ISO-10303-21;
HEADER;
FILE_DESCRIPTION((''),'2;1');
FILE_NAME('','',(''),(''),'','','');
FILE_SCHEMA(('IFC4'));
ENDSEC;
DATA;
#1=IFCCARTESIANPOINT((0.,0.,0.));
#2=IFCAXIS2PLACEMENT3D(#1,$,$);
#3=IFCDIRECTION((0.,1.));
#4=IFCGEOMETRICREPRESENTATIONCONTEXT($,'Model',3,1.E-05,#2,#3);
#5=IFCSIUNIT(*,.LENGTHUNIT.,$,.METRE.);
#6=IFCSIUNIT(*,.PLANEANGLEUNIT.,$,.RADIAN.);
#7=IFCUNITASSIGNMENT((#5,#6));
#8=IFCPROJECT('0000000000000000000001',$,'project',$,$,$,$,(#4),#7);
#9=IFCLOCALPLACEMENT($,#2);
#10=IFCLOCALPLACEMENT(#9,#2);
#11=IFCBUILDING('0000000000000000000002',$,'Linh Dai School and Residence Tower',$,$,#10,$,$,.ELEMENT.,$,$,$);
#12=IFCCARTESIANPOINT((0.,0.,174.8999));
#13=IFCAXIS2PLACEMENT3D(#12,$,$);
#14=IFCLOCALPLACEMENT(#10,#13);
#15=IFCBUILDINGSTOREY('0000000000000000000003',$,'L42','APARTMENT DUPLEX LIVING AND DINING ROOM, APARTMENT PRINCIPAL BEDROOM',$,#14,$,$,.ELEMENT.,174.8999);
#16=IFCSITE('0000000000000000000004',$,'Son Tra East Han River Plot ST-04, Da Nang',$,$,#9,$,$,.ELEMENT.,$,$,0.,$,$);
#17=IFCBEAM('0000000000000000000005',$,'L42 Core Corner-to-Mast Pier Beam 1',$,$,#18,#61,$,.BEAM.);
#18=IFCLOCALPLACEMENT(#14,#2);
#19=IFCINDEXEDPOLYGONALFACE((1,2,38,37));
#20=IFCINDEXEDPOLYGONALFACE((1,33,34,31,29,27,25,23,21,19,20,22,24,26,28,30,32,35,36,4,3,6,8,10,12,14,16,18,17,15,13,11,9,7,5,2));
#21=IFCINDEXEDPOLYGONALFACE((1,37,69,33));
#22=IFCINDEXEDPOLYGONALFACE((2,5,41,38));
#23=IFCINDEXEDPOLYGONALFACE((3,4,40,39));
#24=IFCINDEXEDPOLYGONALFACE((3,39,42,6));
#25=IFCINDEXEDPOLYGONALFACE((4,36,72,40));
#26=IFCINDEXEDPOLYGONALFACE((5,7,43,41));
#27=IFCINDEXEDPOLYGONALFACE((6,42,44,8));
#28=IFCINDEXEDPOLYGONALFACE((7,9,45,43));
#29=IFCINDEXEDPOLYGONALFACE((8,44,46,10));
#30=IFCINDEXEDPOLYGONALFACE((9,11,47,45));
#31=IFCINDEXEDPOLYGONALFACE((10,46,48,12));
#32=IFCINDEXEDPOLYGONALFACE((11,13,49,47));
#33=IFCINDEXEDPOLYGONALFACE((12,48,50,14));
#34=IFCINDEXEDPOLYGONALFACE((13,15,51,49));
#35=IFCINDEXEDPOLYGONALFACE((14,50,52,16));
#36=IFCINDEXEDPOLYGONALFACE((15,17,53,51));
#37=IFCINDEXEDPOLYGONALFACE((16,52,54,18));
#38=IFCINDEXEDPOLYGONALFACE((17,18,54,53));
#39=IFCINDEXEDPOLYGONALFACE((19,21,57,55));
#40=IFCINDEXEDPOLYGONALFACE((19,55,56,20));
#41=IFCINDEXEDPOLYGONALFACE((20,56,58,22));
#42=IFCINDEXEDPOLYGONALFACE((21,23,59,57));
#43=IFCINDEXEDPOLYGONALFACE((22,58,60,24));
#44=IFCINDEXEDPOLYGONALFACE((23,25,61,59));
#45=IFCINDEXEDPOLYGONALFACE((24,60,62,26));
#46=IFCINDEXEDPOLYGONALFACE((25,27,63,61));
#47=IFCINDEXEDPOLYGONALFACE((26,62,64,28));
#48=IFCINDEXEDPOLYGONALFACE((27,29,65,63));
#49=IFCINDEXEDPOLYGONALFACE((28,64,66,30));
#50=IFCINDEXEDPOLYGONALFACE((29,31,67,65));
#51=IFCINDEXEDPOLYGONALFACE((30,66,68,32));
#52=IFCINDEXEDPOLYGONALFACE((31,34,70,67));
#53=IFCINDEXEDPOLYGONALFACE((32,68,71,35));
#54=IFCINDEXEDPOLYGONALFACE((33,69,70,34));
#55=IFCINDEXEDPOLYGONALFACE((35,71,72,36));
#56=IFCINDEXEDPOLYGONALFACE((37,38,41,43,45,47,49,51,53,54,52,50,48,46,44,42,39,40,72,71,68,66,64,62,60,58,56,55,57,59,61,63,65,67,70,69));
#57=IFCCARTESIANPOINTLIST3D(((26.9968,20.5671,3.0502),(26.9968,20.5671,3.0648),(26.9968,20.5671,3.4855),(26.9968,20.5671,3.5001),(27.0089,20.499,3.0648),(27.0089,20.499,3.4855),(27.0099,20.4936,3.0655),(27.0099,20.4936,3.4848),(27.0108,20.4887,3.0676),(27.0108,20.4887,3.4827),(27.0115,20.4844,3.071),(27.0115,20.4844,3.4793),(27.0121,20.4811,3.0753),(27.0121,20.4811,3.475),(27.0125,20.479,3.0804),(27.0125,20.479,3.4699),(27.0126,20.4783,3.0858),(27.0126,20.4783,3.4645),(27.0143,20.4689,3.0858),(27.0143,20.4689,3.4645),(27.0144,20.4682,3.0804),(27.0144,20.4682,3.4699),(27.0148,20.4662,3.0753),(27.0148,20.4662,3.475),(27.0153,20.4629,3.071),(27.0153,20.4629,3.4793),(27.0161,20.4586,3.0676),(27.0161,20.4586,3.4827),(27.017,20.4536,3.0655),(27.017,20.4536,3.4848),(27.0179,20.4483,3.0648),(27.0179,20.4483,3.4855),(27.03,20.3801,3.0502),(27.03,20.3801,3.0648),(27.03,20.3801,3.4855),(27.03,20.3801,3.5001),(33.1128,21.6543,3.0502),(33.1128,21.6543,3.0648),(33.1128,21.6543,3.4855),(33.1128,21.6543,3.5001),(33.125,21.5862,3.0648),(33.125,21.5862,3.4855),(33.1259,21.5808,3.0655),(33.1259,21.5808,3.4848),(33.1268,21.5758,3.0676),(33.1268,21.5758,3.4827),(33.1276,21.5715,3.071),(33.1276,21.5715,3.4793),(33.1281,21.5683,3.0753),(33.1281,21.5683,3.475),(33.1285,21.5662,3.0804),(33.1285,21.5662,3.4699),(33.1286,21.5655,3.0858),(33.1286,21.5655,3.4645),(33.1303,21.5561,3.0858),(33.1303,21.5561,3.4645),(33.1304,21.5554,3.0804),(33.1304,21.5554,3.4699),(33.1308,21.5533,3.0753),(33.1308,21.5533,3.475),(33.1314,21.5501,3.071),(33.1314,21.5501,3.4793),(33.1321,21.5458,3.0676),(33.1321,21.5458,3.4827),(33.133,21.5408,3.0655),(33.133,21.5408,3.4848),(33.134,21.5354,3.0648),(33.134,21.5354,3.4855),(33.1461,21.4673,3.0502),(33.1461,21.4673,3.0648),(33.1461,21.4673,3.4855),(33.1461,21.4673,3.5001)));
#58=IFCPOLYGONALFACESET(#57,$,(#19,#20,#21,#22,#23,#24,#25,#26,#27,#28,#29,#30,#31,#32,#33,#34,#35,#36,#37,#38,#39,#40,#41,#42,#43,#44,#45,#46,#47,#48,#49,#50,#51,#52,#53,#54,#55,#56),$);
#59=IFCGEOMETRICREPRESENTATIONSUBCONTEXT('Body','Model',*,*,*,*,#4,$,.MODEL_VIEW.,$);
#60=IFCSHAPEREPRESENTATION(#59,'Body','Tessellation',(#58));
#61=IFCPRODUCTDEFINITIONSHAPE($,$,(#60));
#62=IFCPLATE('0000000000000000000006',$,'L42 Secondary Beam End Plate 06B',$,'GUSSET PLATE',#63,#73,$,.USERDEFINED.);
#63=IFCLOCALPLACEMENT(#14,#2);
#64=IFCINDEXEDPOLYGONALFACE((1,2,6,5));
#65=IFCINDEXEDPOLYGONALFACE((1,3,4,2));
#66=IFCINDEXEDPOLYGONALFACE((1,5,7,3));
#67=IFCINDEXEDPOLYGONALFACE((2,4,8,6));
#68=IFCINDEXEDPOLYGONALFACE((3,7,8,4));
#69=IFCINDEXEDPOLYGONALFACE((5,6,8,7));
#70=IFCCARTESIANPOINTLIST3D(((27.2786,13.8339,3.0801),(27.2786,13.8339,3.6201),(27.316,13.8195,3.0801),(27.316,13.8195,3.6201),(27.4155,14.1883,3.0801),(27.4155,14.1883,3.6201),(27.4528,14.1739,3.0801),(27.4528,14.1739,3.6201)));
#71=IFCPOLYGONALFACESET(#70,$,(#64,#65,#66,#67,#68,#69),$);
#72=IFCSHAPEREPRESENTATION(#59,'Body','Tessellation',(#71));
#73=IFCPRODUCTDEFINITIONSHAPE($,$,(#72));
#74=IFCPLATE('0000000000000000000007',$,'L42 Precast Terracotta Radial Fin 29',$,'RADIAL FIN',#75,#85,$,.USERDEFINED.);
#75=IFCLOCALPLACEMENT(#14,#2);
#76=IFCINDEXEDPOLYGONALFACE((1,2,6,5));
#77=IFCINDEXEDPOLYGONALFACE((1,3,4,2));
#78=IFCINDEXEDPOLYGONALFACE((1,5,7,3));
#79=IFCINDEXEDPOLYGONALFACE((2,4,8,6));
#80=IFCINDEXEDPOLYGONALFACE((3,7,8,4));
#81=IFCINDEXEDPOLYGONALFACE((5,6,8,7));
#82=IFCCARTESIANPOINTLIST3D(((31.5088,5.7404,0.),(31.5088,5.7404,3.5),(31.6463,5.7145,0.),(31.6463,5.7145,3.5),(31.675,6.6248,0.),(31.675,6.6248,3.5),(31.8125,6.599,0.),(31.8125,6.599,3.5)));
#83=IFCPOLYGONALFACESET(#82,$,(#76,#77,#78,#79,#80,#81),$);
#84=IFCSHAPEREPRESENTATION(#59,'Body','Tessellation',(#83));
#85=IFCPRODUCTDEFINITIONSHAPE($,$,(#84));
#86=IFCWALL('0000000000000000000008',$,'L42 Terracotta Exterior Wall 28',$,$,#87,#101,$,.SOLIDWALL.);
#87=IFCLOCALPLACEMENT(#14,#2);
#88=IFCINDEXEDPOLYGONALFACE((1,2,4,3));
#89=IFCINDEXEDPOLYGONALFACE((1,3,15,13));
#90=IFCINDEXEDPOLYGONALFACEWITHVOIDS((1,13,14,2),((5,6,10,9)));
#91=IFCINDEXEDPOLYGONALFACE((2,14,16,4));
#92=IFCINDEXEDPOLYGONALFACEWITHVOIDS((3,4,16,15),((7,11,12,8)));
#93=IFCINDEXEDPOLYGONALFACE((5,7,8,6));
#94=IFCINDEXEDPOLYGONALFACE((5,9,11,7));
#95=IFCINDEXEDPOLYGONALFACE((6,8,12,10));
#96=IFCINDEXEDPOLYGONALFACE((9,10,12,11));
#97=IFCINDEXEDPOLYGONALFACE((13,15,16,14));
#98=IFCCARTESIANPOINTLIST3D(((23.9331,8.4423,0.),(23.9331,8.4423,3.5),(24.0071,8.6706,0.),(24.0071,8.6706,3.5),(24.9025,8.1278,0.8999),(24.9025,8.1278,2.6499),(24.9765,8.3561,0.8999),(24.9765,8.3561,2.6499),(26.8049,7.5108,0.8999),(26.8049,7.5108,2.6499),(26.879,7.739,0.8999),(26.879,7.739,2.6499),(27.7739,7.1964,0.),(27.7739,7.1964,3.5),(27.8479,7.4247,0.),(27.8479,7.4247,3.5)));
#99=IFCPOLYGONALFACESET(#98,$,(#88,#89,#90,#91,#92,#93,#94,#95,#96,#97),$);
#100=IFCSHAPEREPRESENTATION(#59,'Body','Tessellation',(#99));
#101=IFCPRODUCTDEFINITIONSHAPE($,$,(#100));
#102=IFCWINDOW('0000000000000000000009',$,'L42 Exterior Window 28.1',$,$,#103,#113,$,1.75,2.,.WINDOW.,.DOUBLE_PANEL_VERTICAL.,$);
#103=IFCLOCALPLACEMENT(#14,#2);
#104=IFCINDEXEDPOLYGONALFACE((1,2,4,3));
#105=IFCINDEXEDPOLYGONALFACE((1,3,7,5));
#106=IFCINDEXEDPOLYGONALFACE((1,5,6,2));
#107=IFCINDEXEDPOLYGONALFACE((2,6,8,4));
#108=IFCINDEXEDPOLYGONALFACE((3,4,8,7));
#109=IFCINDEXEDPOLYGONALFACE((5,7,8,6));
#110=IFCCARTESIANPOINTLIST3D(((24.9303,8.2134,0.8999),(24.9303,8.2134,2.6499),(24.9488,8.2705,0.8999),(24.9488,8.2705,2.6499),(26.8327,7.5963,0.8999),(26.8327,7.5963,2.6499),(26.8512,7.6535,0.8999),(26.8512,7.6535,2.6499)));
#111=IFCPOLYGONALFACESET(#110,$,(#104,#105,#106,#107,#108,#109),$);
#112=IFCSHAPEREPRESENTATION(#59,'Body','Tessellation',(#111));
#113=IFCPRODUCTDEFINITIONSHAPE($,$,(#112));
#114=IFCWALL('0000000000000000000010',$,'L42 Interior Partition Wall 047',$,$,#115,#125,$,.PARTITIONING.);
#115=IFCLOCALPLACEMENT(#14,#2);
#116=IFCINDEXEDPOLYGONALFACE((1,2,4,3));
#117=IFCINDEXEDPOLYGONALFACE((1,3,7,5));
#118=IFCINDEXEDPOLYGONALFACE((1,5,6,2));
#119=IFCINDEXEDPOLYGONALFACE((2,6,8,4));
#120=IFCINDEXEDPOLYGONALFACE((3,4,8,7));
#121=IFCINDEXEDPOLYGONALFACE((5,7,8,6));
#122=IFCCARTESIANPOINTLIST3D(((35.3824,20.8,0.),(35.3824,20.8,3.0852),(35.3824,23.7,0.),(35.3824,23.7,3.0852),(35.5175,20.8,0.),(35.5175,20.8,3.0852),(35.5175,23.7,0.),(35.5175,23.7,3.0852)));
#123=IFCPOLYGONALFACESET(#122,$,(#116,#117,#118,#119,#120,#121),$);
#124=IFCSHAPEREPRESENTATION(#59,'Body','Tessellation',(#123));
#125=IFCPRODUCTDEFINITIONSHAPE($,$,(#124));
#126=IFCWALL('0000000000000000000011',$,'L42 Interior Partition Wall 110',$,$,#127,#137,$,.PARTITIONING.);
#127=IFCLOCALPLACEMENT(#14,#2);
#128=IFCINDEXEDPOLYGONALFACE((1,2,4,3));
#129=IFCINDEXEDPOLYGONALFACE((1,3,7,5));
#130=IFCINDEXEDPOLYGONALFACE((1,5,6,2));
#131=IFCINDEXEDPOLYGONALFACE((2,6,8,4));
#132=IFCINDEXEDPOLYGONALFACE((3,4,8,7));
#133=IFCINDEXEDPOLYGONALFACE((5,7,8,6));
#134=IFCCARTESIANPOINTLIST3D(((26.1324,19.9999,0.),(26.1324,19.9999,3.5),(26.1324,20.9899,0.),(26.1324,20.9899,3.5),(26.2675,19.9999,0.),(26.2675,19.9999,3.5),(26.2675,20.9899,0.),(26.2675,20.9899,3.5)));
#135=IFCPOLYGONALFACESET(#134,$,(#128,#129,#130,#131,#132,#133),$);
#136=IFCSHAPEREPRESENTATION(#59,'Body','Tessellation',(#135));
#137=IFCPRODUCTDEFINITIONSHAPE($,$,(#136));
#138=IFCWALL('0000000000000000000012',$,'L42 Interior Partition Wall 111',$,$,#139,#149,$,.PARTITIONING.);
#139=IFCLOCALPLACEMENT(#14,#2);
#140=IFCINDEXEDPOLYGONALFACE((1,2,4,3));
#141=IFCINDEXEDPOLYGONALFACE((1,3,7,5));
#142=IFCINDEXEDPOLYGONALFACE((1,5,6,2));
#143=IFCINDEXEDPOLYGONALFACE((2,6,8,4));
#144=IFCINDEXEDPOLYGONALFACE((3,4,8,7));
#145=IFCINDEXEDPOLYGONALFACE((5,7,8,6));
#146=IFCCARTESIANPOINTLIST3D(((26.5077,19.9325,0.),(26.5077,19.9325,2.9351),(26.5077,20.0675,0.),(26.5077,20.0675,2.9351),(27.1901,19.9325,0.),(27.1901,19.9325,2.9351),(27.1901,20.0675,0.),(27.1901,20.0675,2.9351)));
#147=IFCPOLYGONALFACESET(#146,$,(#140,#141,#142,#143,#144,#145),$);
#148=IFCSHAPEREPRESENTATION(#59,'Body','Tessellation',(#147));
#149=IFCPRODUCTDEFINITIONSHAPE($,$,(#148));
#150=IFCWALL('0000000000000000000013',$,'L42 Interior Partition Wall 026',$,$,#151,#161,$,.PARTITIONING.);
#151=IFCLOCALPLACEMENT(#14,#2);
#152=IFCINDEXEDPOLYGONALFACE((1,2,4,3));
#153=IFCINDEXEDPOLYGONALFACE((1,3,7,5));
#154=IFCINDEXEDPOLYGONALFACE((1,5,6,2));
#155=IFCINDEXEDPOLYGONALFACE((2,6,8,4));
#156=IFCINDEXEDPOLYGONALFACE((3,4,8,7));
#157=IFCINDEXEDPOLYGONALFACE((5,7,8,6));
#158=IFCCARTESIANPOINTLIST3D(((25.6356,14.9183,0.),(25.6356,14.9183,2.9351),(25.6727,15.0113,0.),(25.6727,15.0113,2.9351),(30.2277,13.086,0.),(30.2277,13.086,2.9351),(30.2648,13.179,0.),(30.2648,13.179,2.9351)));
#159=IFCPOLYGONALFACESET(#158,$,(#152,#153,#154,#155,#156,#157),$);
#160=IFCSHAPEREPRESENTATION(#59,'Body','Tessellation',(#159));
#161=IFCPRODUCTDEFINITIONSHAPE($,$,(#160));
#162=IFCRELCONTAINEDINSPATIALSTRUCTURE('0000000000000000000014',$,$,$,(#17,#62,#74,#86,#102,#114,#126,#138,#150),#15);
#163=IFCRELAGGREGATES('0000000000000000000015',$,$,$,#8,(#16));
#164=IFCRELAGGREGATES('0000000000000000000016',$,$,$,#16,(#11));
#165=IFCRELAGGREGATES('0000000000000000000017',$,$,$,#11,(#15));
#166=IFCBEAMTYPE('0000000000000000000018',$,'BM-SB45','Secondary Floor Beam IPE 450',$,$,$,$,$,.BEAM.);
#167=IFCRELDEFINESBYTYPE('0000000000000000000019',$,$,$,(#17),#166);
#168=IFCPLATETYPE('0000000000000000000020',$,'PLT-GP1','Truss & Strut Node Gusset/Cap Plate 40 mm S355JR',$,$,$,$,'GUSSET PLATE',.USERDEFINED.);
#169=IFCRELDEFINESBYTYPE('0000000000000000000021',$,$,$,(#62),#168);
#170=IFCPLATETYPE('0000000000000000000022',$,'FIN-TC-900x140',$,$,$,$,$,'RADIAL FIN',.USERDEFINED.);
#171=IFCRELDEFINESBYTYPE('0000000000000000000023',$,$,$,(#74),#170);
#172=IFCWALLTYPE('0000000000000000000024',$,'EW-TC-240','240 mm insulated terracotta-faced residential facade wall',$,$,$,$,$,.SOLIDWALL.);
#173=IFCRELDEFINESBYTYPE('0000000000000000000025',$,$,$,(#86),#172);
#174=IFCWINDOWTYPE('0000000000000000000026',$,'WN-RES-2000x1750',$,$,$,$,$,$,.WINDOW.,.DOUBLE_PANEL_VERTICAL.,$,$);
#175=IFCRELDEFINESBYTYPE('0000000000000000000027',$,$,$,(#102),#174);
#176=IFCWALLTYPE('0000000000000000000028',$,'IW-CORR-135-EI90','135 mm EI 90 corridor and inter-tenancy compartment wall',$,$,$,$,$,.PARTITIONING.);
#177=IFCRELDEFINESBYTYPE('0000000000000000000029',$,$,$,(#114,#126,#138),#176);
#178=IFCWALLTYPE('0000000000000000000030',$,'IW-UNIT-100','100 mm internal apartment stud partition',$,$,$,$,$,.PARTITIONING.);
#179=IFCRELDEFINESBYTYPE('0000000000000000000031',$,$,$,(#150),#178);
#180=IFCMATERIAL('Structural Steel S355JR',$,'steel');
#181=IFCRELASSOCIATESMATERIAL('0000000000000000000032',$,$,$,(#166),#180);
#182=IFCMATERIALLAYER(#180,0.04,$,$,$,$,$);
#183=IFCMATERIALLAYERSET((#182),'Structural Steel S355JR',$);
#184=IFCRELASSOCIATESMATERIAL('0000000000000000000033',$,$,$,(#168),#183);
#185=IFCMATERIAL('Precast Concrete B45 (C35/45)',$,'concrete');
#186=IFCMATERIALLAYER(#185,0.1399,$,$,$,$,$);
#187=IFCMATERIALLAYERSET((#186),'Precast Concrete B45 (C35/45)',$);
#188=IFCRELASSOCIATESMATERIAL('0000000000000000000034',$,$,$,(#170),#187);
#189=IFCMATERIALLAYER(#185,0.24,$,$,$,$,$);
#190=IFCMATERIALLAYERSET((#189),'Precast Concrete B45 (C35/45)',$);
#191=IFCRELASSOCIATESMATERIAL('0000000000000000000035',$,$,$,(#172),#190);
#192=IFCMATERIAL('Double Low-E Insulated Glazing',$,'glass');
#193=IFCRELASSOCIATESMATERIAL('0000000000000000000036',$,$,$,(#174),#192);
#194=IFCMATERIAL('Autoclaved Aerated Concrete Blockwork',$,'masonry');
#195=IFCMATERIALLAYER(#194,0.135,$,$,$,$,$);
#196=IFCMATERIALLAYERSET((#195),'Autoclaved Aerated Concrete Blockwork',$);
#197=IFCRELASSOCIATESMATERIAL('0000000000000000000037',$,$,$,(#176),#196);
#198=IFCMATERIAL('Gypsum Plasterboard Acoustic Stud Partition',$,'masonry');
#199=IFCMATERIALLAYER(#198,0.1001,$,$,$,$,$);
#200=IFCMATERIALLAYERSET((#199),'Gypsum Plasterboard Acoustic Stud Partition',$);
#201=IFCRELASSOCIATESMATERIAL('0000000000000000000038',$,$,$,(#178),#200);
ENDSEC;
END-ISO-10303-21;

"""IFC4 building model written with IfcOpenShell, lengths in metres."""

from ifc_helpers import new_model, si_unit, direction, frame, frame_2d, origin, origin_2d, place, context, subcontext, project, spatial, rectangle, i_section, extrude, source, transform, mapped, material, layer, layer_set, material_profile, profile_set, type_object, element, fill, save


model = new_model("IFC4")

# Units and contexts
model_context = context("Model", 3, precision=1e-05, world=origin(), true_north=direction((0.0, 1.0)))
body_context = subcontext(model_context, "Body", "Model", "MODEL_VIEW")
ifc_project = project(units=[si_unit("LENGTHUNIT", "METRE"), si_unit("PLANEANGLEUNIT", "RADIAN")], contexts=[model_context])

# Site, building, storey
site_placement = place(None, origin())
site = spatial("IfcSite", under=ifc_project, at=site_placement, Name="Son Tra East Han River Plot ST-04, Da Nang", CompositionType="ELEMENT", RefElevation=0.0)
building_placement = place(site_placement, origin())
building = spatial("IfcBuilding", under=site, at=building_placement, Name="Linh Dai School and Residence Tower", CompositionType="ELEMENT")
storey_placement = place(building_placement, frame((0.0, 0.0, 174.8999)))
storey = spatial("IfcBuildingStorey", under=building, at=storey_placement, Name="L42", Description="APARTMENT DUPLEX LIVING AND DINING ROOM, APARTMENT PRINCIPAL BEDROOM", CompositionType="ELEMENT", Elevation=174.8999)

# Beam
ifc_material_1 = material(Name="Structural Steel S355JR", Category="steel")
ifc_material_profile_1 = material_profile(ifc_material_1, i_section(OverallWidth=0.1899, OverallDepth=0.45, WebThickness=0.0095, FlangeThickness=0.0146, FilletRadius=0.021, at=origin_2d()), Name="IPE 450")
ifc_profile_set_1 = profile_set([ifc_material_profile_1], Name="Structural Steel S355JR")
beam_type_1 = type_object("IfcBeamType", Name="BM-SB45", Description="Secondary Floor Beam IPE 450", PredefinedType="BEAM", material=ifc_profile_set_1)
beam_1_placement = place(storey_placement, frame((27.0134, 20.4736, 3.2751), z_axis=(0.984566, 0.175014, 0.0), x_axis=(-0.175014, 0.984566, 0.0)))
element("IfcBeam", 1, at=beam_1_placement, inside=storey, type_object=beam_type_1, Name="L42 Core Corner-to-Mast Pier Beam 1", PredefinedType="BEAM", context=body_context, shape_type="SweptSolid", body=[
    extrude(i_section(OverallWidth=0.1899, OverallDepth=0.45, WebThickness=0.0095, FlangeThickness=0.0146, FilletRadius=0.021, at=origin_2d()), origin(), (0.0, 0.0, 1.0), 6.2119),
])

# Plates
ifc_layer_1 = layer(ifc_material_1, 0.04)
ifc_layer_set_1 = layer_set([ifc_layer_1], Name="Structural Steel S355JR")
plate_type_1 = type_object("IfcPlateType", Name="PLT-GP1", Description="Truss & Strut Node Gusset/Cap Plate 40 mm S355JR", ElementType="GUSSET PLATE", PredefinedType="USERDEFINED", material=ifc_layer_set_1)
shared_shape_1 = source(origin(), body_context, "Body", "SweptSolid", [
    extrude(rectangle(XDim=0.04, YDim=0.3799, at=origin_2d()), origin(), (0.0, 0.0, 1.0), 0.54),
])
plate_1_placement = place(storey_placement, frame((27.3657, 14.0039, 3.0801), z_axis=(0.0, 0.0, 1.0), x_axis=(0.932823, -0.360335, 0.0)))
element("IfcPlate", 2, at=plate_1_placement, inside=storey, type_object=plate_type_1, Name="L42 Secondary Beam End Plate 06B", ObjectType="GUSSET PLATE", PredefinedType="USERDEFINED", context=body_context, shape_type="MappedRepresentation", body=[
    mapped(shared_shape_1, transform((0.0, 0.0, 0.0), x_axis=(1.0, 0.0, 0.0), y_axis=(0.0, 1.0, 0.0), z_axis=(0.0, 0.0, 1.0), scale=1.0)),
])
ifc_material_2 = material(Name="Precast Concrete B45 (C35/45)", Category="concrete")
ifc_layer_2 = layer(ifc_material_2, 0.1399)
ifc_layer_set_2 = layer_set([ifc_layer_2], Name="Precast Concrete B45 (C35/45)")
plate_type_2 = type_object("IfcPlateType", Name="FIN-TC-900x140", ElementType="RADIAL FIN", PredefinedType="USERDEFINED", material=ifc_layer_set_2)
shared_shape_2 = source(origin(), body_context, "Body", "SweptSolid", [
    extrude(rectangle(XDim=0.8999, YDim=0.1399, at=origin_2d()), origin(), (0.0, 0.0, 1.0), 3.5),
])
plate_2_placement = place(storey_placement, frame((31.6606, 6.1697, 0.0), z_axis=(0.0, 0.0, 1.0), x_axis=(-0.184763, -0.982783, 0.0)))
element("IfcPlate", 3, at=plate_2_placement, inside=storey, type_object=plate_type_2, Name="L42 Precast Terracotta Radial Fin 29", ObjectType="RADIAL FIN", PredefinedType="USERDEFINED", context=body_context, shape_type="MappedRepresentation", body=[
    mapped(shared_shape_2, transform((0.0, 0.0, 0.0), x_axis=(1.0, 0.0, 0.0), y_axis=(0.0, 1.0, 0.0), z_axis=(0.0, 0.0, 1.0), scale=1.0)),
])

# Wall, opening, window
ifc_layer_3 = layer(ifc_material_2, 0.24)
ifc_layer_set_3 = layer_set([ifc_layer_3], Name="Precast Concrete B45 (C35/45)")
wall_type_1 = type_object("IfcWallType", Name="EW-TC-240", Description="240 mm insulated terracotta-faced residential facade wall", PredefinedType="SOLIDWALL", material=ifc_layer_set_3)
wall_1_placement = place(storey_placement, frame((27.811, 7.3105, 0.0), z_axis=(0.0, 0.0, 1.0), x_axis=(-0.95121, 0.308545, 0.0)))
wall_1 = element("IfcWall", 4, at=wall_1_placement, inside=storey, type_object=wall_type_1, Name="L42 Terracotta Exterior Wall 28", PredefinedType="SOLIDWALL", context=body_context, shape_type="SweptSolid", body=[
    extrude(rectangle(XDim=4.0378, YDim=0.24, at=frame_2d((2.019, 0.0))), origin(), (0.0, 0.0, 1.0), 3.5),
])
opening_1_placement = place(wall_1_placement, frame((1.0188, 0.0, 0.8999)))
opening_1 = element("IfcOpeningElement", 5, at=opening_1_placement, cuts=wall_1, PredefinedType="OPENING", context=body_context, shape_type="SweptSolid", body=[
    extrude(rectangle(XDim=2.0, YDim=1.75, at=origin_2d()), frame((1.0, 0.1299, 0.875), z_axis=(0.0, -1.0, 0.0), x_axis=(1.0, 0.0, 0.0)), (0.0, 0.0, 1.0), 0.26),
])
ifc_material_3 = material(Name="Double Low-E Insulated Glazing", Category="glass")
window_type = type_object("IfcWindowType", Name="WN-RES-2000x1750", PartitioningType="DOUBLE_PANEL_VERTICAL", PredefinedType="WINDOW", material=ifc_material_3)
shared_shape_3 = source(origin(), body_context, "Body", "SweptSolid", [
    extrude(rectangle(XDim=2.0, YDim=1.75, at=origin_2d()), frame((1.0, 0.03, 0.875), z_axis=(0.0, -1.0, 0.0), x_axis=(1.0, 0.0, 0.0)), (0.0, 0.0, 1.0), 0.0601),
])
window_placement = place(opening_1_placement, origin())
window = element("IfcWindow", 6, at=window_placement, inside=storey, type_object=window_type, Name="L42 Exterior Window 28.1", OverallHeight=1.75, OverallWidth=2.0, PartitioningType="DOUBLE_PANEL_VERTICAL", PredefinedType="WINDOW", context=body_context, shape_type="MappedRepresentation", body=[
    mapped(shared_shape_3, transform((0.0, 0.0, 0.0), x_axis=(1.0, 0.0, 0.0), y_axis=(0.0, 1.0, 0.0), z_axis=(0.0, 0.0, 1.0), scale=1.0)),
])
fill(opening_1, window)

# Walls
ifc_material_4 = material(Name="Autoclaved Aerated Concrete Blockwork", Category="masonry")
ifc_layer_4 = layer(ifc_material_4, 0.135)
ifc_layer_set_4 = layer_set([ifc_layer_4], Name="Autoclaved Aerated Concrete Blockwork")
wall_type_2 = type_object("IfcWallType", Name="IW-CORR-135-EI90", Description="135 mm EI 90 corridor and inter-tenancy compartment wall", PredefinedType="PARTITIONING", material=ifc_layer_set_4)
wall_2_placement = place(storey_placement, frame((35.45, 20.8, 0.0), z_axis=(0.0, 0.0, 1.0), x_axis=(0.0, 1.0, 0.0)))
element("IfcWall", 7, at=wall_2_placement, inside=storey, type_object=wall_type_2, Name="L42 Interior Partition Wall 047", PredefinedType="PARTITIONING", context=body_context, shape_type="SweptSolid", body=[
    extrude(rectangle(XDim=2.8999, YDim=0.135, at=frame_2d((1.45, 0.0))), origin(), (0.0, 0.0, 1.0), 3.0852),
])
wall_3_placement = place(storey_placement, frame((26.2, 20.99, 0.0), z_axis=(0.0, 0.0, 1.0), x_axis=(0.0, -1.0, 0.0)))
element("IfcWall", 8, at=wall_3_placement, inside=storey, type_object=wall_type_2, Name="L42 Interior Partition Wall 110", PredefinedType="PARTITIONING", context=body_context, shape_type="SweptSolid", body=[
    extrude(rectangle(XDim=0.99, YDim=0.135, at=frame_2d((0.4951, 0.0))), origin(), (0.0, 0.0, 1.0), 3.5),
])
wall_4_placement = place(storey_placement, frame((26.5076, 20.0, 0.0), z_axis=(0.0, 0.0, 1.0), x_axis=(1.0, 0.0, 0.0)))
element("IfcWall", 9, at=wall_4_placement, inside=storey, type_object=wall_type_2, Name="L42 Interior Partition Wall 111", PredefinedType="PARTITIONING", context=body_context, shape_type="SweptSolid", body=[
    extrude(rectangle(XDim=0.6824, YDim=0.135, at=frame_2d((0.3413, 0.0))), origin(), (0.0, 0.0, 1.0), 2.9351),
])

# Wall
ifc_material_5 = material(Name="Gypsum Plasterboard Acoustic Stud Partition", Category="masonry")
ifc_layer_5 = layer(ifc_material_5, 0.1001)
ifc_layer_set_5 = layer_set([ifc_layer_5], Name="Gypsum Plasterboard Acoustic Stud Partition")
wall_type_3 = type_object("IfcWallType", Name="IW-UNIT-100", Description="100 mm internal apartment stud partition", PredefinedType="PARTITIONING", material=ifc_layer_set_5)
wall_5_placement = place(storey_placement, frame((25.6541, 14.9648, 0.0), z_axis=(0.0, 0.0, 1.0), x_axis=(0.928793, -0.370599, 0.0)))
element("IfcWall", 10, at=wall_5_placement, inside=storey, type_object=wall_type_3, Name="L42 Interior Partition Wall 026", PredefinedType="PARTITIONING", context=body_context, shape_type="SweptSolid", body=[
    extrude(rectangle(XDim=4.9441, YDim=0.1001, at=frame_2d((2.4722, 0.0))), origin(), (0.0, 0.0, 1.0), 2.9351),
])

save(model, "model.ifc")
